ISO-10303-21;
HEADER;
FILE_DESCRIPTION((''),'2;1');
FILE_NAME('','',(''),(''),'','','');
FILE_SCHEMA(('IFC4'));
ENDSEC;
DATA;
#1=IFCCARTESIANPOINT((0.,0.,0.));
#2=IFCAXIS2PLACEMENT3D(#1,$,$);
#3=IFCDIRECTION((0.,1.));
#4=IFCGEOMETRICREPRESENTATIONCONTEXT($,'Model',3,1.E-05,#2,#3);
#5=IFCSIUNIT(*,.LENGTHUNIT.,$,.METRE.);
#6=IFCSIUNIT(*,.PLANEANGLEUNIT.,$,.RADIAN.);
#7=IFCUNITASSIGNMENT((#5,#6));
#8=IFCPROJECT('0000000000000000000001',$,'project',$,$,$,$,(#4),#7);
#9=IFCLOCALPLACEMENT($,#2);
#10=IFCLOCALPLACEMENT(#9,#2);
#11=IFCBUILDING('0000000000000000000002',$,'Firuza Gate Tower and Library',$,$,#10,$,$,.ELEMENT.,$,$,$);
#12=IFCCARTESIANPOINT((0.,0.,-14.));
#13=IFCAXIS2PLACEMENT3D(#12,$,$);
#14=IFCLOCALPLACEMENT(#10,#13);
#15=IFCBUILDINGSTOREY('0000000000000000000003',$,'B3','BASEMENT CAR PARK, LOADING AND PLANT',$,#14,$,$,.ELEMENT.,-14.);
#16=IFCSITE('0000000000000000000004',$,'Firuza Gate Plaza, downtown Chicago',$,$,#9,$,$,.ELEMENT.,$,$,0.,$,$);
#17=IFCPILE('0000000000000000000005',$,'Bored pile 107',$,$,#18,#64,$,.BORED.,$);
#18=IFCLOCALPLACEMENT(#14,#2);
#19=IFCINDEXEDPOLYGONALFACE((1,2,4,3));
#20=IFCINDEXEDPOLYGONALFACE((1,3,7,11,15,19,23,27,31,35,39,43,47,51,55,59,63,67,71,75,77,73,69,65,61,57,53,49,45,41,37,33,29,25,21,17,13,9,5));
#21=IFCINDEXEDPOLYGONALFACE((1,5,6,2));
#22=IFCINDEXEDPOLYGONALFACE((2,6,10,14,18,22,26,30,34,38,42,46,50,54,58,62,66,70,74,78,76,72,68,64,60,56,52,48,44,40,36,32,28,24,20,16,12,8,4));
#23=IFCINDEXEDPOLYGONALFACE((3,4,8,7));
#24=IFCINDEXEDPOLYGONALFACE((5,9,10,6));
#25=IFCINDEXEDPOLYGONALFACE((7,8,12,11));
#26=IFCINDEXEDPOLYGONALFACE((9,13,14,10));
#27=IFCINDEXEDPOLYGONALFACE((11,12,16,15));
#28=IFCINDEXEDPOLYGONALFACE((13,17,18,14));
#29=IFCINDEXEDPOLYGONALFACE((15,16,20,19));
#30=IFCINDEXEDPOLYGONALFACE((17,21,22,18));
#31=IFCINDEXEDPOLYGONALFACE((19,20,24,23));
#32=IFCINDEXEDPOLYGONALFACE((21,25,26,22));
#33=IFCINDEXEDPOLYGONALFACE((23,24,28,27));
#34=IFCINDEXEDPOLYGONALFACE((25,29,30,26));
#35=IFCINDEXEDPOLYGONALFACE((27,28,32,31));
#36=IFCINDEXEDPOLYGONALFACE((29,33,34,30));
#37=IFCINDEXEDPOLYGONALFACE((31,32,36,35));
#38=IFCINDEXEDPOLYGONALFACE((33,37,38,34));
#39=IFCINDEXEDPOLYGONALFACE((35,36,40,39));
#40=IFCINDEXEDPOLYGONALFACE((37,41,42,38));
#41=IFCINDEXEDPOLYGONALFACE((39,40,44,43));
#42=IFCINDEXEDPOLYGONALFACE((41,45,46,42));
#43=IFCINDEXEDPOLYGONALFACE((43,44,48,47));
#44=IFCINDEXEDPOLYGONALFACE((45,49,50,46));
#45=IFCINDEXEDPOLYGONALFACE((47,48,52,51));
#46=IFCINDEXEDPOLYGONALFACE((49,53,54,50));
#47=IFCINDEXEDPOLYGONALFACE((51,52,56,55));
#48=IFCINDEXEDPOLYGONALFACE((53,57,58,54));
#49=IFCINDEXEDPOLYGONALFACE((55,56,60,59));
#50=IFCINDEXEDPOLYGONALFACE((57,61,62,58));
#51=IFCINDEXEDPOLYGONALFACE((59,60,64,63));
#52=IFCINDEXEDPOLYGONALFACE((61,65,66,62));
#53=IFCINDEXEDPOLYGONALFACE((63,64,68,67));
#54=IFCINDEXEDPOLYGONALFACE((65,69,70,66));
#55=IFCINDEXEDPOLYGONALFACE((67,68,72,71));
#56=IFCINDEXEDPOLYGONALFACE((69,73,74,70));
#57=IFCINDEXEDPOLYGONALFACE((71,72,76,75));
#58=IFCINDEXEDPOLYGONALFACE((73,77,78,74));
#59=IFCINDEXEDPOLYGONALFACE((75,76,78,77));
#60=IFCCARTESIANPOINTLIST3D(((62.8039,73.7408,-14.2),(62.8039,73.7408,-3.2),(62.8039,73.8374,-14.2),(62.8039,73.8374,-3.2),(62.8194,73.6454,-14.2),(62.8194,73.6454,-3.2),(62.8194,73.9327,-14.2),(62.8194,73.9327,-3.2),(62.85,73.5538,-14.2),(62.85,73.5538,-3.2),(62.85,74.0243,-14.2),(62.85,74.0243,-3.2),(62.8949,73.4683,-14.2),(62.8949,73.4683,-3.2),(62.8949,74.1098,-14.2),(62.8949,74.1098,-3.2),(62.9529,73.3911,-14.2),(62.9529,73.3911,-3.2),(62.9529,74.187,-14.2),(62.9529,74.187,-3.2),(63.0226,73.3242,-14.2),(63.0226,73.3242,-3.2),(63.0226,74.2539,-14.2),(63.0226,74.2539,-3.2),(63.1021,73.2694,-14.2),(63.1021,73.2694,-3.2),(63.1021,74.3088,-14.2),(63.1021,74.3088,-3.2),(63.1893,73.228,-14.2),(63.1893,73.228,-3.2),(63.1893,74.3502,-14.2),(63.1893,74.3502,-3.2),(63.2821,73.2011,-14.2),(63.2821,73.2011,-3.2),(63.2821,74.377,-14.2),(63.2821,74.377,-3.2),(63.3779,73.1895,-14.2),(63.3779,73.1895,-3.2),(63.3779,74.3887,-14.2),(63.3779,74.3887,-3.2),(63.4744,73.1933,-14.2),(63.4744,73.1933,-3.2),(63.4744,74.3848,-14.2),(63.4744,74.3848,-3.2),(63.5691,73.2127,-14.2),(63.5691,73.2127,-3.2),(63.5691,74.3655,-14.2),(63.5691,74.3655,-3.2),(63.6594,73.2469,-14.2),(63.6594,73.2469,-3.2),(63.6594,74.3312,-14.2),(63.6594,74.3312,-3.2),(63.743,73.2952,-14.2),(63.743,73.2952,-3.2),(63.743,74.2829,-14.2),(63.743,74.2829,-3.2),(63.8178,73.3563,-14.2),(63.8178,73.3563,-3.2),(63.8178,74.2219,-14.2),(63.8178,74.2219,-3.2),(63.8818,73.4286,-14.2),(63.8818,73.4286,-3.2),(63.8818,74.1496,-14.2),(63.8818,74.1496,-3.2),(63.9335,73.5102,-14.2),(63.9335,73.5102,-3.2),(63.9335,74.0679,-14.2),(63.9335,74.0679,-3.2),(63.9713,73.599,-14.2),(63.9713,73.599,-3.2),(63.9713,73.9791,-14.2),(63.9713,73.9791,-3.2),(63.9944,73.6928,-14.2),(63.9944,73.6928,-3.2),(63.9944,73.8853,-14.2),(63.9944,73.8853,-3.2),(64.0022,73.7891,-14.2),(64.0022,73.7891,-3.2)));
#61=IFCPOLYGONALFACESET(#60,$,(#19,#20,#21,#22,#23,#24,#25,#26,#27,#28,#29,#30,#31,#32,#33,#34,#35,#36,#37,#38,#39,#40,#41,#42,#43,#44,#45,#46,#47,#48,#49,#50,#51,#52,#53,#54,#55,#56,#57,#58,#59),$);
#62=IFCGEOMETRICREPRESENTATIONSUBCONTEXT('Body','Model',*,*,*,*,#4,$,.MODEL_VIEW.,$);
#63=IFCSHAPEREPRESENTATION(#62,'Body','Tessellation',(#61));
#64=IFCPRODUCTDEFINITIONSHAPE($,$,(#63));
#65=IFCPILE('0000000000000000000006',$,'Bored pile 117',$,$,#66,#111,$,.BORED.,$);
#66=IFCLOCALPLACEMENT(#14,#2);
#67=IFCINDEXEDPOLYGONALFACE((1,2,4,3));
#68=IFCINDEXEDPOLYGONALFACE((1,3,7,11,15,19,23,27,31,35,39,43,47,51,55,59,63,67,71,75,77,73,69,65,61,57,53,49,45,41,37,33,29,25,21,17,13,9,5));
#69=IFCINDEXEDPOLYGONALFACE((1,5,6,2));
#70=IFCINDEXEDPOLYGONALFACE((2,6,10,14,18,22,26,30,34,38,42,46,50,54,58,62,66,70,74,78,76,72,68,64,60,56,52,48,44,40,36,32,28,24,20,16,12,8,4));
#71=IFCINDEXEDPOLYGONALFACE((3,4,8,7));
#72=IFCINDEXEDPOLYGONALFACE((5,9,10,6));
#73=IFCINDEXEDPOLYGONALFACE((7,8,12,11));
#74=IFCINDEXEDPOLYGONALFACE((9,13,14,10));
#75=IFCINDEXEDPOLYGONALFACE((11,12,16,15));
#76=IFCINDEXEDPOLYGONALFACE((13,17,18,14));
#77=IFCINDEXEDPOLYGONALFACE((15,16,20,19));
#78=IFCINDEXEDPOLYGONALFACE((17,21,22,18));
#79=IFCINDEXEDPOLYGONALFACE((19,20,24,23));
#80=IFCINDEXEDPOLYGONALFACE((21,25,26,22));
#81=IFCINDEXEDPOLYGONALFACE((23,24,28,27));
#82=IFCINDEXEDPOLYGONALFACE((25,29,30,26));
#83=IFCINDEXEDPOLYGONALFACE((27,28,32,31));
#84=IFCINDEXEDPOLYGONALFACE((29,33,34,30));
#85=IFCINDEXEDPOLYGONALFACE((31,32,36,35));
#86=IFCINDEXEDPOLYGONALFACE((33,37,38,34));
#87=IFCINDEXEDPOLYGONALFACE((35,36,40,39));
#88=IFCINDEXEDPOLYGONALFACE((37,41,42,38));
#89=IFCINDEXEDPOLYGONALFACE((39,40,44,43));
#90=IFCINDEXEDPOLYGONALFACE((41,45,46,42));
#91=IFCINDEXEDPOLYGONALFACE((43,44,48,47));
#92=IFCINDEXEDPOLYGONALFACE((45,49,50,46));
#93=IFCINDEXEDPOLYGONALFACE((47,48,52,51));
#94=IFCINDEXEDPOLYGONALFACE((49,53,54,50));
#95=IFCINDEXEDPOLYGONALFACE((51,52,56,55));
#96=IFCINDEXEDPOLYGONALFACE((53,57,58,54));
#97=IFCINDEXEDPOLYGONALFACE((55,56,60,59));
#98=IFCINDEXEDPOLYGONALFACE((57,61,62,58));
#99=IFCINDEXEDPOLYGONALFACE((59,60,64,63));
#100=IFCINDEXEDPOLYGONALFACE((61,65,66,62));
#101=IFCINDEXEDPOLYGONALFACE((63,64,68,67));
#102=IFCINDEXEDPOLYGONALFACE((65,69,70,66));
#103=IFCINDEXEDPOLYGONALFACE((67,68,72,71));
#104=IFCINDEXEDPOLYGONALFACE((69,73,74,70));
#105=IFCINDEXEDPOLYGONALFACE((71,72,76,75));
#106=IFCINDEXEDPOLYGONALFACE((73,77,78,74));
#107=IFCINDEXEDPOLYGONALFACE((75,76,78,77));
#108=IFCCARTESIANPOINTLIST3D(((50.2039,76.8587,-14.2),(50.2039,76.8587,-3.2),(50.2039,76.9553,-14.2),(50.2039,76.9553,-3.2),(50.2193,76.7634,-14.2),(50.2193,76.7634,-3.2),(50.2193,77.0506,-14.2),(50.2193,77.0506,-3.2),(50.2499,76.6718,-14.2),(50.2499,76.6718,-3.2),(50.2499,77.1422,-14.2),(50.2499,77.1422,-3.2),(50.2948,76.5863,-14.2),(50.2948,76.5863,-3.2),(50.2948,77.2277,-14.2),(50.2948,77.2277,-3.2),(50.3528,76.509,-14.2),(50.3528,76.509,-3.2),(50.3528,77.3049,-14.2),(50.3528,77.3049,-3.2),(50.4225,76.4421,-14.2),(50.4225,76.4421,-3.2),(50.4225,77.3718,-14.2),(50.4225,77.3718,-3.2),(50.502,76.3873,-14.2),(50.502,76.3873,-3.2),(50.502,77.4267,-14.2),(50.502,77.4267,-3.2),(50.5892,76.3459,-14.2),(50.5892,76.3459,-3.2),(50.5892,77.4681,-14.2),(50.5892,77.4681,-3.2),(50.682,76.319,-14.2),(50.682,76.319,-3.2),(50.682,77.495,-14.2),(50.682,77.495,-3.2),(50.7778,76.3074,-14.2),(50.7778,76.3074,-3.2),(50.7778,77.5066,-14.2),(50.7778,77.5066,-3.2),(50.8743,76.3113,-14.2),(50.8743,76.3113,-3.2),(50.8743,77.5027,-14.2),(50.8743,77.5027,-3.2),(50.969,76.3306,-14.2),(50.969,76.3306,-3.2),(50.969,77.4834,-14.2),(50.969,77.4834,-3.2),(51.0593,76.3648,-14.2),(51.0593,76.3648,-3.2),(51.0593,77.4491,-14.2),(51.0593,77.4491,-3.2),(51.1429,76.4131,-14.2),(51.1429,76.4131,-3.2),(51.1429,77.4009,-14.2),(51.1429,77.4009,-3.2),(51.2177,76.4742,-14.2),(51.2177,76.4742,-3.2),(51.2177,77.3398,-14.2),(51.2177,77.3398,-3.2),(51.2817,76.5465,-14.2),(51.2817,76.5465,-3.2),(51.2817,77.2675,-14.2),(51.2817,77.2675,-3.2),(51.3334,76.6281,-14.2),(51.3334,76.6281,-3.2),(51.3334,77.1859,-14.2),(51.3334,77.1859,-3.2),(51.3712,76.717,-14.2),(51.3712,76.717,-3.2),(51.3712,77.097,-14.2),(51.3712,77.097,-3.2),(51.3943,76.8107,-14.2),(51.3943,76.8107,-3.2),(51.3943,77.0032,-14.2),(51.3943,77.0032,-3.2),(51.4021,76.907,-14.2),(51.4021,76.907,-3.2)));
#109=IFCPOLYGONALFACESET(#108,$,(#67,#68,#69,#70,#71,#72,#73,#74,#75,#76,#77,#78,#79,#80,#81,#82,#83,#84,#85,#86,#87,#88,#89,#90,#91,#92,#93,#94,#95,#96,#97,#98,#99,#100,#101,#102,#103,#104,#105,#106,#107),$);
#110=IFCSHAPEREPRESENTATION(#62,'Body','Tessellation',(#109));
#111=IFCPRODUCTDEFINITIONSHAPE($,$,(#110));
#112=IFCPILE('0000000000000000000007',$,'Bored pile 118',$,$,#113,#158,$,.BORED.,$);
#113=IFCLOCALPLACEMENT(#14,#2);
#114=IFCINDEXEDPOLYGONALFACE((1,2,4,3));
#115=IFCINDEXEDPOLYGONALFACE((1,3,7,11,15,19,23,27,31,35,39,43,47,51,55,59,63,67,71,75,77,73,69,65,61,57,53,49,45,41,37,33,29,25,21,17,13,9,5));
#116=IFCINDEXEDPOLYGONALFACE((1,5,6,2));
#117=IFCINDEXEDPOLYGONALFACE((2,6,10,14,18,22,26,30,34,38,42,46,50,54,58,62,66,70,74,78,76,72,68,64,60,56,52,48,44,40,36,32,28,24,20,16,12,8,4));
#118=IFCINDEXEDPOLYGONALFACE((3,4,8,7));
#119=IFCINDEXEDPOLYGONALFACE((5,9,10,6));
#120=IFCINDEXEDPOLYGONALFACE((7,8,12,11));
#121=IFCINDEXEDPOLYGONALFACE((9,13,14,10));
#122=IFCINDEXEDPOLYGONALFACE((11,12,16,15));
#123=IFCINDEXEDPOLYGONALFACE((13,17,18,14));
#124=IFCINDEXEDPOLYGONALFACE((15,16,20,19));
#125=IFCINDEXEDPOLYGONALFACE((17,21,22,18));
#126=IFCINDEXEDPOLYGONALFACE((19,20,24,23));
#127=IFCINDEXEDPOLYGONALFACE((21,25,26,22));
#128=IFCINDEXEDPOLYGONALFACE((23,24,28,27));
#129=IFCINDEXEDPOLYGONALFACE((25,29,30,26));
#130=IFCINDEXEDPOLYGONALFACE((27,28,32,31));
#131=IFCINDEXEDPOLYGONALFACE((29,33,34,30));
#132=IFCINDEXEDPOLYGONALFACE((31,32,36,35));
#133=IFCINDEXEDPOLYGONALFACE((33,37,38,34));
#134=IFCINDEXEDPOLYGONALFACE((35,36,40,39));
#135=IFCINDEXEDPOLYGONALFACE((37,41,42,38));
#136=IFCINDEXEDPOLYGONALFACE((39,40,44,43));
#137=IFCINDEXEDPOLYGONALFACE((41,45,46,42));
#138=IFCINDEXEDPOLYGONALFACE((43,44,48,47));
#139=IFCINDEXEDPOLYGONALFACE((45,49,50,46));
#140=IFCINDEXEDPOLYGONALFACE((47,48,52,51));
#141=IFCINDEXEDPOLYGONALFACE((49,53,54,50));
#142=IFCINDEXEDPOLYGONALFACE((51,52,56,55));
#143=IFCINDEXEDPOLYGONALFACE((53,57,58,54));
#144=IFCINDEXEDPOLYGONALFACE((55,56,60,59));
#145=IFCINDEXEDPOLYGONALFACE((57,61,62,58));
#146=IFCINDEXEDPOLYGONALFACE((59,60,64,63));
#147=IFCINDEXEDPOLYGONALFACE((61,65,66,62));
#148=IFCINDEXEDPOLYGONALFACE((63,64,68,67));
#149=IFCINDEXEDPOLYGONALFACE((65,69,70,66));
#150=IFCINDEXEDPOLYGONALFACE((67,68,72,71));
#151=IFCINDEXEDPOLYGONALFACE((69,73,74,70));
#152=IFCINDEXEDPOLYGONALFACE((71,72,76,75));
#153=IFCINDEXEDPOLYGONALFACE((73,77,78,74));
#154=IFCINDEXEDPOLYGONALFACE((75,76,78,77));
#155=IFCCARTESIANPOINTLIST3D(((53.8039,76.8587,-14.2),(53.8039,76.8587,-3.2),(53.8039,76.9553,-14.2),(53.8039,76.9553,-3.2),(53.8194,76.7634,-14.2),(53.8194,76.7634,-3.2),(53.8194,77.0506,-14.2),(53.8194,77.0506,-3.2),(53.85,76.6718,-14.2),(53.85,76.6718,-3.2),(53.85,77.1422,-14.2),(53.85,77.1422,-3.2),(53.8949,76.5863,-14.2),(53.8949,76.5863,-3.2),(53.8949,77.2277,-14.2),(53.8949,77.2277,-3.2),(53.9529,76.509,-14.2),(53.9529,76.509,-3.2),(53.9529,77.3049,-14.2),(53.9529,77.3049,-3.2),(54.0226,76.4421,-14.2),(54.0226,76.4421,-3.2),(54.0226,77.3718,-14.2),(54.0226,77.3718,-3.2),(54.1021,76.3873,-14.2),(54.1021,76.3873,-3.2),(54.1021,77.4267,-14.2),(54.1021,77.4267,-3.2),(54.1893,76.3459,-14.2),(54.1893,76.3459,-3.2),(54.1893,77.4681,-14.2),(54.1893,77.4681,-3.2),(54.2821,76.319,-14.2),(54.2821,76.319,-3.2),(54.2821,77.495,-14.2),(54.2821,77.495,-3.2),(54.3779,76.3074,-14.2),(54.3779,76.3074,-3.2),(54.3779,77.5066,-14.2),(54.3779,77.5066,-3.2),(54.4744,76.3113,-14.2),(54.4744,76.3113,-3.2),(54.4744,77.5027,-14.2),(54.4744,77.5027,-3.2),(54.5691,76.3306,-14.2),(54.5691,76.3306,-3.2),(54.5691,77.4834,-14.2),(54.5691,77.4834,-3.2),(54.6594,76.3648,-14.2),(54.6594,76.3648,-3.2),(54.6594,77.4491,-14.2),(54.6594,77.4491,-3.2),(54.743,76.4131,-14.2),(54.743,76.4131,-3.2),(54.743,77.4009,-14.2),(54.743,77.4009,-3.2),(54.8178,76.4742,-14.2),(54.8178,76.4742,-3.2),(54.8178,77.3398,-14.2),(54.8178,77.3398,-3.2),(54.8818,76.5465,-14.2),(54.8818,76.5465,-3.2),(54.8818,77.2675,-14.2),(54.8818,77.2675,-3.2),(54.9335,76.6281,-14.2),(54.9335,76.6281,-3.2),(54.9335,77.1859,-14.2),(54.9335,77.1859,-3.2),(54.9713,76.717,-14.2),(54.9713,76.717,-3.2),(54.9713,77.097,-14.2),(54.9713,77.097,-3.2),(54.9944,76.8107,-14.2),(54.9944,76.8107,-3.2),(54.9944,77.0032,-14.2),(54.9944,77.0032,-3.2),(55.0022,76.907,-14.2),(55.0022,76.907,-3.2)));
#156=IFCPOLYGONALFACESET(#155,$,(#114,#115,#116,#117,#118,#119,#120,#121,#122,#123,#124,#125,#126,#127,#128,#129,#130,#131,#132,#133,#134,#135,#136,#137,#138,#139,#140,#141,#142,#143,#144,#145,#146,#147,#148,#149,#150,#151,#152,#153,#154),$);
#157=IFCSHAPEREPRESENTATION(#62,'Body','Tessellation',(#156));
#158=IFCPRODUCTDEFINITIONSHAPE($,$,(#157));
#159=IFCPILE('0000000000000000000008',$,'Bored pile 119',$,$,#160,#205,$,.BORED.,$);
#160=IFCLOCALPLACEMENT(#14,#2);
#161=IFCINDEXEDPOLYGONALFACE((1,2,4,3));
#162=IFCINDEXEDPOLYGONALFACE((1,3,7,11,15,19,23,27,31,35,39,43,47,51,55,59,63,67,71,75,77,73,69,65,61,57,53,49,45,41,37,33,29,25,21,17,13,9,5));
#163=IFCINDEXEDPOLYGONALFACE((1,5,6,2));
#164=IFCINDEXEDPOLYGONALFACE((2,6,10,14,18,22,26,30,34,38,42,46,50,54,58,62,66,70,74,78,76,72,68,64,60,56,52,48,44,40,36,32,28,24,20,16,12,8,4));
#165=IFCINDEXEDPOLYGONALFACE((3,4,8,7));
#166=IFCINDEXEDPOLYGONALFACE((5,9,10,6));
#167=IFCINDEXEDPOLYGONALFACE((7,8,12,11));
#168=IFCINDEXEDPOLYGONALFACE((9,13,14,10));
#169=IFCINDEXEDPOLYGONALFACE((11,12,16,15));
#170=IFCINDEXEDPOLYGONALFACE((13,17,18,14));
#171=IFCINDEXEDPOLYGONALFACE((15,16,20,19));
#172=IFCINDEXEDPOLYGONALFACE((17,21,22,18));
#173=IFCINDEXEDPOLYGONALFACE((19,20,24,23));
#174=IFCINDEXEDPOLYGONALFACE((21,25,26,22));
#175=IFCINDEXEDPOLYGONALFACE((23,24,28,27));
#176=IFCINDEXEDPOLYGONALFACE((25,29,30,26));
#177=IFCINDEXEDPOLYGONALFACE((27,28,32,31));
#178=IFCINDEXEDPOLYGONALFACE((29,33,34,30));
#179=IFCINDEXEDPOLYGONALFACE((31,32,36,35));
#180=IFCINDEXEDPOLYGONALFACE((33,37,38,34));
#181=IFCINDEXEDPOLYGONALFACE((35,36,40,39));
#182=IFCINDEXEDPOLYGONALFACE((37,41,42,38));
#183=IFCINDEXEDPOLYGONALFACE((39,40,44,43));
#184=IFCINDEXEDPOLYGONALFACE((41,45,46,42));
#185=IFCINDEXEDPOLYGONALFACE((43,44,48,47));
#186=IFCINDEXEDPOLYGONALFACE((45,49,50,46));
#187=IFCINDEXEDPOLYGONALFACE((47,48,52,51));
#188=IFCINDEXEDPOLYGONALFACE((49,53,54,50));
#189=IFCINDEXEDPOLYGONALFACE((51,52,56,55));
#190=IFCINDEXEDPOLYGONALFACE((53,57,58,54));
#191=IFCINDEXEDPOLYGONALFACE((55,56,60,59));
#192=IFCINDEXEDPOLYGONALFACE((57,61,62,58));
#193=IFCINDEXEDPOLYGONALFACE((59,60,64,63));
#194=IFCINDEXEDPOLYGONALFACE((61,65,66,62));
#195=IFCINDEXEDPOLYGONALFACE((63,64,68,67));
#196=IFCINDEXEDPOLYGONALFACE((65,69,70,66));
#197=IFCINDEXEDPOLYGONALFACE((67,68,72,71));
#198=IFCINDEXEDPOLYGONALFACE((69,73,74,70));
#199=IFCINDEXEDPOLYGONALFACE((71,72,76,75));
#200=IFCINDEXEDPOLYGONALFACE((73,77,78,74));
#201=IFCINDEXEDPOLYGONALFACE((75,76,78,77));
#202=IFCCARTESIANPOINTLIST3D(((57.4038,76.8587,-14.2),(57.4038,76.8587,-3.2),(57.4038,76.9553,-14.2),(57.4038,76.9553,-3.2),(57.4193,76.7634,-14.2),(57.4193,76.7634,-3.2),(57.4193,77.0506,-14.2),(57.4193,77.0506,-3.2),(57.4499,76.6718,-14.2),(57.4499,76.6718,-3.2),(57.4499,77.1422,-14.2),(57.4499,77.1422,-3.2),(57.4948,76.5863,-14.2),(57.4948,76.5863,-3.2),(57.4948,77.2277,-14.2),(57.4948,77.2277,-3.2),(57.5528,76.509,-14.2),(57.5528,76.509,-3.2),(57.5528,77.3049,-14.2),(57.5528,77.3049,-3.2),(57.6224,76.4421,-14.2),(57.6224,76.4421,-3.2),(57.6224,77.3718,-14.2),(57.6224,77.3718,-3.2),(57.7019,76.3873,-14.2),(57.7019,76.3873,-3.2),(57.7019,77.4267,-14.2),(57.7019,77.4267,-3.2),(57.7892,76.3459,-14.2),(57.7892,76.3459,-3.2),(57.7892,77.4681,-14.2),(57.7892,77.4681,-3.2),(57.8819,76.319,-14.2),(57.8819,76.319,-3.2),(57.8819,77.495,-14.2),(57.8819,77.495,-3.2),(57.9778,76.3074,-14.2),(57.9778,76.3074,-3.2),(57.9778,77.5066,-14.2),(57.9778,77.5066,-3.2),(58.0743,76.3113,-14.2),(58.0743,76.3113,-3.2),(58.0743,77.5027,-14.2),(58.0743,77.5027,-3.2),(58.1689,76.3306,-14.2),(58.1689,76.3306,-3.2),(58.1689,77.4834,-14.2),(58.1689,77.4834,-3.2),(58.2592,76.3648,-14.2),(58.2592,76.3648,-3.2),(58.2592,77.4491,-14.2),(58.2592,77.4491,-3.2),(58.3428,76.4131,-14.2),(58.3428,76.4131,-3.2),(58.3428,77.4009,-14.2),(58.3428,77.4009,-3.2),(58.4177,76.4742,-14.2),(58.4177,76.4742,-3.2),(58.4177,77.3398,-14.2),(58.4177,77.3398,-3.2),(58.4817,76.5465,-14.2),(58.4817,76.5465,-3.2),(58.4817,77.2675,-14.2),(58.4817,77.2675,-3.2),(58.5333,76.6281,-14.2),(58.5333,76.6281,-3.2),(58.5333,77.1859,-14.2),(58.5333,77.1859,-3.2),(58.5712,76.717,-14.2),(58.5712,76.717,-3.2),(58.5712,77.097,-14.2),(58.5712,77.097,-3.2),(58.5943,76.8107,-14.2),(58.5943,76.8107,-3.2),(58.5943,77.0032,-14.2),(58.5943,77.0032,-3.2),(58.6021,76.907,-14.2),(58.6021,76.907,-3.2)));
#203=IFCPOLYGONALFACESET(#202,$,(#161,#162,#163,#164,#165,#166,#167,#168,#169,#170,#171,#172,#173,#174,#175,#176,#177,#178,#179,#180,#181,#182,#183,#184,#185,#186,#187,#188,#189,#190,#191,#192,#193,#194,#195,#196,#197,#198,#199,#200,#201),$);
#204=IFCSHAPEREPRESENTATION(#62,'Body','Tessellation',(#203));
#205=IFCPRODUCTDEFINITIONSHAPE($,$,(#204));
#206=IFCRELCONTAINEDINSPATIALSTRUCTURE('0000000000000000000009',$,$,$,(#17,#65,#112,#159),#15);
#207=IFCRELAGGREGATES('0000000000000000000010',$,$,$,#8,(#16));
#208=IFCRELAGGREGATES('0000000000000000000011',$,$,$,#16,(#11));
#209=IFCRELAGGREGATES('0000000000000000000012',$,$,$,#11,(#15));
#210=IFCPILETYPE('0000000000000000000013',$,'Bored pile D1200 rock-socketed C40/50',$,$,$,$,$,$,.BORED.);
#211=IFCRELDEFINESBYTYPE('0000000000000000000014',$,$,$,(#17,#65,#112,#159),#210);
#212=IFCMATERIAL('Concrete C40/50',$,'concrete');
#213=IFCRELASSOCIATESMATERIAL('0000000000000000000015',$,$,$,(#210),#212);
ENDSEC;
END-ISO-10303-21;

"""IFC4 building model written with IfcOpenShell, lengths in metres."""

from ifc_helpers import new_model, si_unit, direction, frame, origin, origin_2d, place, context, subcontext, project, spatial, circle, extrude, material, material_profile, profile_set, type_object, element, save


model = new_model("IFC4")

# Units and contexts
model_context = context("Model", 3, precision=1e-05, world=origin(), true_north=direction((0.0, 1.0)))
body_context = subcontext(model_context, "Body", "Model", "MODEL_VIEW")
ifc_project = project(units=[si_unit("LENGTHUNIT", "METRE"), si_unit("PLANEANGLEUNIT", "RADIAN")], contexts=[model_context])

# Site, building, storey
site_placement = place(None, origin())
site = spatial("IfcSite", under=ifc_project, at=site_placement, Name="Firuza Gate Plaza, downtown Chicago", CompositionType="ELEMENT", RefElevation=0.0)
building_placement = place(site_placement, origin())
building = spatial("IfcBuilding", under=site, at=building_placement, Name="Firuza Gate Tower and Library", CompositionType="ELEMENT")
storey_placement = place(building_placement, frame((0.0, 0.0, -14.0)))
storey = spatial("IfcBuildingStorey", under=building, at=storey_placement, Name="B3", Description="BASEMENT CAR PARK, LOADING AND PLANT", CompositionType="ELEMENT", Elevation=-14.0)

# Piles
ifc_material_1 = material(Name="Concrete C40/50", Category="concrete")
ifc_material_profile_1 = material_profile(ifc_material_1, circle(Radius=0.6001, at=origin_2d()))
ifc_profile_set_1 = profile_set([ifc_material_profile_1], Name="Concrete C40/50")
pile_type = type_object("IfcPileType", Name="Bored pile D1200 rock-socketed C40/50", PredefinedType="BORED", material=ifc_profile_set_1)
for number, where, z_axis, x_axis, name in (
    (1, (63.4021, 73.7891, -3.2), (0.0, 0.0, -1.0), (1.0, 0.0, 0.0), "Bored pile 107"),
    (2, (50.802, 76.907, -3.2), (0.0, 0.0, -1.0), (1.0, 0.0, 0.0), "Bored pile 117"),
    (3, (54.4021, 76.907, -3.2), (0.0, 0.0, -1.0), (1.0, 0.0, 0.0), "Bored pile 118"),
    (4, (58.002, 76.907, -3.2), (0.0, 0.0, -1.0), (1.0, 0.0, 0.0), "Bored pile 119"),
):
    element("IfcPile", number, at=place(storey_placement, frame(where, z_axis=z_axis, x_axis=x_axis)), inside=storey, type_object=pile_type, Name=name, PredefinedType="BORED", context=body_context, shape_type="SweptSolid", body=[
        extrude(circle(Radius=0.6001, at=origin_2d()), origin(), (0.0, 0.0, 1.0), 11.0),
    ])

save(model, "model.ifc")
